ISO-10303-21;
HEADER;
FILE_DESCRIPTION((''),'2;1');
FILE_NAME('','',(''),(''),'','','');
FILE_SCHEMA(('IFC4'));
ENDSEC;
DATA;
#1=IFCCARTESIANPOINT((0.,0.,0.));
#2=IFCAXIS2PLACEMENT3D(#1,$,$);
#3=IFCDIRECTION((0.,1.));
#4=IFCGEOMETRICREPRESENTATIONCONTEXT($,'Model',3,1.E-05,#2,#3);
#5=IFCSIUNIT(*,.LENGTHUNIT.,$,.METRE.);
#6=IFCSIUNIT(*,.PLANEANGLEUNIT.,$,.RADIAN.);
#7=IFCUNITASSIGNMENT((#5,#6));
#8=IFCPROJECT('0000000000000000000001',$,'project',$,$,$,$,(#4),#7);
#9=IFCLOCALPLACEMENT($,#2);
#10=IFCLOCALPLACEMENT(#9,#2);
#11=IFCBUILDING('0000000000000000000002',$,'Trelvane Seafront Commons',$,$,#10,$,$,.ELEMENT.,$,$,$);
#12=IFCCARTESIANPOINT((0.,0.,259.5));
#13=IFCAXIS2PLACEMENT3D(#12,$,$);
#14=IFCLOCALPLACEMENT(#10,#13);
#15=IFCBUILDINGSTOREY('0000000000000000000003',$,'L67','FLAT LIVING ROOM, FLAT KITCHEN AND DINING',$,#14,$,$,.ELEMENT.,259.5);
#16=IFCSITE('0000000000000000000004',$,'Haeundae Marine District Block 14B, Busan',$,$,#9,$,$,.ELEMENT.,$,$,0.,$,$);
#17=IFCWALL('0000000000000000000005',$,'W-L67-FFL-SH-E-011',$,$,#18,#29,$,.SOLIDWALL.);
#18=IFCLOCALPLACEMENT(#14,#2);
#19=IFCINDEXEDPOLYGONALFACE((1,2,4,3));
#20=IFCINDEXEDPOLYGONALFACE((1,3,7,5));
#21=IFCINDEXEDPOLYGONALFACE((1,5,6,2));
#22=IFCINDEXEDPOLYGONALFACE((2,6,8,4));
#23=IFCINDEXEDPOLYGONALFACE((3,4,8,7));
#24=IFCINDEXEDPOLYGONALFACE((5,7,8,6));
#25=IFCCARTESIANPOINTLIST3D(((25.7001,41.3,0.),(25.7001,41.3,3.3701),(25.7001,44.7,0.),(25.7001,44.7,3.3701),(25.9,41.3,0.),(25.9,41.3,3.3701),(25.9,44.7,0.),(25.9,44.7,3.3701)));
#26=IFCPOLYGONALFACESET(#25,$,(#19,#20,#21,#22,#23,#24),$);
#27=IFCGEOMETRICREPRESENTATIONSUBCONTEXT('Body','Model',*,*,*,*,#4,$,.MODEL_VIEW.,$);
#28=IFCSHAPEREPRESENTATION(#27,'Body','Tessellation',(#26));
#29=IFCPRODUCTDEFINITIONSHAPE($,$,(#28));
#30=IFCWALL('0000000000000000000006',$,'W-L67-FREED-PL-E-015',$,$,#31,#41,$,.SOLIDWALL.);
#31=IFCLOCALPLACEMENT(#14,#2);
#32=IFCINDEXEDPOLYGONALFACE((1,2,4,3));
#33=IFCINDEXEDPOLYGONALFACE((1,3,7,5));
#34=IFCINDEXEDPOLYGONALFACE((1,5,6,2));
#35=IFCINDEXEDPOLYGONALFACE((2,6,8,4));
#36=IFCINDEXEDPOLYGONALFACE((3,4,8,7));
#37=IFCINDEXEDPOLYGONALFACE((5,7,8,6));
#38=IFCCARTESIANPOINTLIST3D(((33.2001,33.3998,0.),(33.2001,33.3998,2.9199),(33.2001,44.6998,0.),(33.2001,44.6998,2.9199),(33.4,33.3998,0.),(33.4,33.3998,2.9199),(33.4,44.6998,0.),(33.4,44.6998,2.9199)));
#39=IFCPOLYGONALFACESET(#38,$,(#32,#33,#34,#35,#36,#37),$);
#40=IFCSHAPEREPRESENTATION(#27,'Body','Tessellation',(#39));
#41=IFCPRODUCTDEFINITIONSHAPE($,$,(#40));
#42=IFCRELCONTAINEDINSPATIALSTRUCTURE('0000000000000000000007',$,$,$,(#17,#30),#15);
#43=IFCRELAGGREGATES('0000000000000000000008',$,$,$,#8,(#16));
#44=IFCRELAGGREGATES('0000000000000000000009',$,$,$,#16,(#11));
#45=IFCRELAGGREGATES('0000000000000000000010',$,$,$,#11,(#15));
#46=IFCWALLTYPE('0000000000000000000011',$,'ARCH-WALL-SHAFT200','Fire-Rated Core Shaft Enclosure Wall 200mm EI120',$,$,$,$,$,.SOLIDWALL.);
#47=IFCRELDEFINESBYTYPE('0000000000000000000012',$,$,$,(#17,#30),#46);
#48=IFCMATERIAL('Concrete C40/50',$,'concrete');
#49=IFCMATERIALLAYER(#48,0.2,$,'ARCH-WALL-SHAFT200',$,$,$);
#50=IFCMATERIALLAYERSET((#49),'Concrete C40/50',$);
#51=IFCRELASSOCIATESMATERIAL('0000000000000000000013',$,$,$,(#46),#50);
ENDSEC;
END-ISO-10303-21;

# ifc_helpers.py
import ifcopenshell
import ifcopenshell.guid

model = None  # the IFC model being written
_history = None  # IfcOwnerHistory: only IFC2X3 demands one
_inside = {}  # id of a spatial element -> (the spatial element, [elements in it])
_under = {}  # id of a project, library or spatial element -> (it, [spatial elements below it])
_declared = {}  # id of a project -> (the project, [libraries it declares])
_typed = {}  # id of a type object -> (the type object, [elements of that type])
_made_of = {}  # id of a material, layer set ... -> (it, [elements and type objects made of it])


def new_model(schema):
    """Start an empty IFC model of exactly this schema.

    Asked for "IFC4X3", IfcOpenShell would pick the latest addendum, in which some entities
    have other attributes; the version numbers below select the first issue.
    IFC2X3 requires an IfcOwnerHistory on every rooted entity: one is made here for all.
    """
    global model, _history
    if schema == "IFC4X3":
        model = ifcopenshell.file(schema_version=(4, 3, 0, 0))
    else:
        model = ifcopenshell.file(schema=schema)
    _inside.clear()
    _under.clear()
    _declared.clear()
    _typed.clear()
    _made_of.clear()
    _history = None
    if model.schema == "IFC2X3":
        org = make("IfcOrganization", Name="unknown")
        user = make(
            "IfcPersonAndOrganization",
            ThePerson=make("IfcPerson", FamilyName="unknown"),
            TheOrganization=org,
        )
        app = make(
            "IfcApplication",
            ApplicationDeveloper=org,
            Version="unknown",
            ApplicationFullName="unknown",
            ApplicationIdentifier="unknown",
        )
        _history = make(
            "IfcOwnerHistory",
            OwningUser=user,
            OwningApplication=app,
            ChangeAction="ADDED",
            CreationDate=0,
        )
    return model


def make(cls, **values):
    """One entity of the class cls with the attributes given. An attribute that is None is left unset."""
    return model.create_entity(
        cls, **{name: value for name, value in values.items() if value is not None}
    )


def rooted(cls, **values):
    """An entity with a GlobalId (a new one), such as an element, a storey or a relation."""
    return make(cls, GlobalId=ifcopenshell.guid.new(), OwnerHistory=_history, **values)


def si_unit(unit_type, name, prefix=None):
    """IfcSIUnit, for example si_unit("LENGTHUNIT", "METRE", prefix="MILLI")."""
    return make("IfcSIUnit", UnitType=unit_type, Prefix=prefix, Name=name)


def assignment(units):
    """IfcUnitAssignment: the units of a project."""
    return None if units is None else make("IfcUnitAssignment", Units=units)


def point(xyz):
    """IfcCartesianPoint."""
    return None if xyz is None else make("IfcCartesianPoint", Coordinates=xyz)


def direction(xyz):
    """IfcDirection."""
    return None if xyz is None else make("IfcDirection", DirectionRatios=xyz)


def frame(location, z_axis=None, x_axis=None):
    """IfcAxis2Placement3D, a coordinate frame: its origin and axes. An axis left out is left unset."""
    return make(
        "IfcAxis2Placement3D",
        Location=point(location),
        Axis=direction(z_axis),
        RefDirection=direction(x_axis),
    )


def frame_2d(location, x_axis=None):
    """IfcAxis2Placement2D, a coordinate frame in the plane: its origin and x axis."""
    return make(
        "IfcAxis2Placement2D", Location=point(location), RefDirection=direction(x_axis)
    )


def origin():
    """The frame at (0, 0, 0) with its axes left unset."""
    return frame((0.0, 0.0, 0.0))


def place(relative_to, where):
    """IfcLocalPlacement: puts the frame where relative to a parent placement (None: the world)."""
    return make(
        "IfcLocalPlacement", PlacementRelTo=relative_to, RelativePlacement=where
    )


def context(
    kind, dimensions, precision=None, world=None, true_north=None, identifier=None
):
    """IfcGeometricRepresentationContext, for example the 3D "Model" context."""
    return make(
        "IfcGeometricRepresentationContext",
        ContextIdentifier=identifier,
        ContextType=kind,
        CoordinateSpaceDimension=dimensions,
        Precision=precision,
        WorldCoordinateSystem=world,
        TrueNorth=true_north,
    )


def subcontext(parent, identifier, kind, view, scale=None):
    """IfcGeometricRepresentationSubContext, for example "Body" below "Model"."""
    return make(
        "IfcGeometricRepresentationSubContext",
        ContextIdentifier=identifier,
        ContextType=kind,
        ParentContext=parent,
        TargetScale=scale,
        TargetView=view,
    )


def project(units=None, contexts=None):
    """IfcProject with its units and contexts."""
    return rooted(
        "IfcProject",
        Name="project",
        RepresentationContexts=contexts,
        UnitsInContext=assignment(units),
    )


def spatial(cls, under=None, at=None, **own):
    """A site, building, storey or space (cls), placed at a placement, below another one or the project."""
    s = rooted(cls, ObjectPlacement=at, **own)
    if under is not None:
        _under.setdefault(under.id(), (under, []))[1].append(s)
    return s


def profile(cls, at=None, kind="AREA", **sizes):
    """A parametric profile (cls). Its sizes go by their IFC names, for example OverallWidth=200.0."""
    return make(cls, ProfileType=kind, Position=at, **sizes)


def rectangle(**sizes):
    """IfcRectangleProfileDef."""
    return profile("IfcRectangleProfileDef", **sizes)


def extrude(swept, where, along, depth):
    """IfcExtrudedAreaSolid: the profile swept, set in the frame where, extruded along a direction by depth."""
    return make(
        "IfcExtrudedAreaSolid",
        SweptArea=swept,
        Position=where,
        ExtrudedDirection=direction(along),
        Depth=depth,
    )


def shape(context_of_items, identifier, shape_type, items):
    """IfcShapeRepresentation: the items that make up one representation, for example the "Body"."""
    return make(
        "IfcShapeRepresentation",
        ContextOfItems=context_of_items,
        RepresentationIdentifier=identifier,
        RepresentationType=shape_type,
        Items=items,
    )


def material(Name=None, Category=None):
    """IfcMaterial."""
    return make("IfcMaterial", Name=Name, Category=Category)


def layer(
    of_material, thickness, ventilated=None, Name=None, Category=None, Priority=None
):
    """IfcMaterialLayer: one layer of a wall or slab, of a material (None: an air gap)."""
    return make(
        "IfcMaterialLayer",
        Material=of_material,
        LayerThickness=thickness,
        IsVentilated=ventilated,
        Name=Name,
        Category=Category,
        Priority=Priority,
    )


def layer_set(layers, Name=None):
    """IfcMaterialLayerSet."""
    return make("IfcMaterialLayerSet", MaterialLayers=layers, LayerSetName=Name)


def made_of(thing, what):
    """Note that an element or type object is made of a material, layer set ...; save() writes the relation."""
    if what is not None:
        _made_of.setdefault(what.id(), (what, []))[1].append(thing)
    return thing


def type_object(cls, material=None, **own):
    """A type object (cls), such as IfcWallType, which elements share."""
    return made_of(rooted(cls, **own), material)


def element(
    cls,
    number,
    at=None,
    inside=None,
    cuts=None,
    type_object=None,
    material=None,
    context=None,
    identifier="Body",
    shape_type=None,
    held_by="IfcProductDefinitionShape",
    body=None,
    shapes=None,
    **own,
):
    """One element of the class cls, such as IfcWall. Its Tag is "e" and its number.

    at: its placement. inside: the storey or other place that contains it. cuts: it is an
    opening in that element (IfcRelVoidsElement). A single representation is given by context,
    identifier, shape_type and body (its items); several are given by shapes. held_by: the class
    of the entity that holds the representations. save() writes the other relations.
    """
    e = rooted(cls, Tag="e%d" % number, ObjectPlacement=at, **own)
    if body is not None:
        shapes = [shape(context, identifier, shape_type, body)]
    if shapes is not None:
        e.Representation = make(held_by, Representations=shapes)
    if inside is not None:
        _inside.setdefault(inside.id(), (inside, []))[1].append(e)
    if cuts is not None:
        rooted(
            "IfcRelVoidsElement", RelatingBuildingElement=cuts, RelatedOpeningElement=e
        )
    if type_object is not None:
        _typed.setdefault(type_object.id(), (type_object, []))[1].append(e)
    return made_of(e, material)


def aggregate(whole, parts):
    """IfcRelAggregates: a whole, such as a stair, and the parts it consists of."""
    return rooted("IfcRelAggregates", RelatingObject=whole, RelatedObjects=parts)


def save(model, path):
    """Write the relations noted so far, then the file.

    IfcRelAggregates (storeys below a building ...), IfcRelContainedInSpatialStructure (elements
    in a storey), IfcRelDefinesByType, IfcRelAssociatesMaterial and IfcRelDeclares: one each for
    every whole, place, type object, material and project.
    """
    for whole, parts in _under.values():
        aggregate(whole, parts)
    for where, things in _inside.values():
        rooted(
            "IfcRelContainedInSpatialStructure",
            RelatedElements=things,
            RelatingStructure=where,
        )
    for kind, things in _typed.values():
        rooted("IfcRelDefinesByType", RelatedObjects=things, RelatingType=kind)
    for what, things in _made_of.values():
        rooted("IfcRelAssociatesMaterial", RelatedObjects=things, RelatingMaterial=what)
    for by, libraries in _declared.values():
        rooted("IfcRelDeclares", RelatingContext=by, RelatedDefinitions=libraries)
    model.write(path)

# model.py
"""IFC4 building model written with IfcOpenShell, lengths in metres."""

from ifc_helpers import new_model, si_unit, direction, frame, frame_2d, origin, place, context, subcontext, project, spatial, rectangle, extrude, material, layer, layer_set, type_object, element, save


model = new_model("IFC4")

# Units and contexts
model_context = context("Model", 3, precision=1e-05, world=origin(), true_north=direction((0.0, 1.0)))
body_context = subcontext(model_context, "Body", "Model", "MODEL_VIEW")
ifc_project = project(units=[si_unit("LENGTHUNIT", "METRE"), si_unit("PLANEANGLEUNIT", "RADIAN")], contexts=[model_context])

# Site, building, storey
site_placement = place(None, origin())
site = spatial("IfcSite", under=ifc_project, at=site_placement, Name="Haeundae Marine District Block 14B, Busan", CompositionType="ELEMENT", RefElevation=0.0)
building_placement = place(site_placement, origin())
building = spatial("IfcBuilding", under=site, at=building_placement, Name="Trelvane Seafront Commons", CompositionType="ELEMENT")
storey_placement = place(building_placement, frame((0.0, 0.0, 259.5)))
storey = spatial("IfcBuildingStorey", under=building, at=storey_placement, Name="L67", Description="FLAT LIVING ROOM, FLAT KITCHEN AND DINING", CompositionType="ELEMENT", Elevation=259.5)

# Shared definitions
ifc_material_1 = material(Name="Concrete C40/50", Category="concrete")

# Walls
ifc_layer_1 = layer(ifc_material_1, 0.2, Name="ARCH-WALL-SHAFT200")
ifc_layer_set_1 = layer_set([ifc_layer_1], Name="Concrete C40/50")
wall_type_1 = type_object("IfcWallType", Name="ARCH-WALL-SHAFT200", Description="Fire-Rated Core Shaft Enclosure Wall 200mm EI120", PredefinedType="SOLIDWALL", material=ifc_layer_set_1)
for number, where, z_axis, x_axis, name in (
    (1, (25.8, 41.3, 0.0), (0.0, 0.0, 1.0), (0.0, 1.0, 0.0), "W-L67-FFL-SH-E-011"),
):
    element("IfcWall", number, at=place(storey_placement, frame(where, z_axis=z_axis, x_axis=x_axis)), inside=storey, type_object=wall_type_1, Name=name, PredefinedType="SOLIDWALL", context=body_context, shape_type="SweptSolid", body=[
        extrude(rectangle(XDim=3.3999, YDim=0.2, at=frame_2d((1.7, 0.0))), origin(), (0.0, 0.0, 1.0), 3.3701),
    ])
wall_1_placement = place(storey_placement, frame((33.3, 33.3999, 0.0), z_axis=(0.0, 0.0, 1.0), x_axis=(0.0, 1.0, 0.0)))
element("IfcWall", 2, at=wall_1_placement, inside=storey, type_object=wall_type_1, Name="W-L67-FREED-PL-E-015", PredefinedType="SOLIDWALL", context=body_context, shape_type="SweptSolid", body=[
    extrude(rectangle(XDim=11.3, YDim=0.2, at=frame_2d((5.6499, 0.0))), origin(), (0.0, 0.0, 1.0), 2.9199),
])

save(model, "model.ifc")
